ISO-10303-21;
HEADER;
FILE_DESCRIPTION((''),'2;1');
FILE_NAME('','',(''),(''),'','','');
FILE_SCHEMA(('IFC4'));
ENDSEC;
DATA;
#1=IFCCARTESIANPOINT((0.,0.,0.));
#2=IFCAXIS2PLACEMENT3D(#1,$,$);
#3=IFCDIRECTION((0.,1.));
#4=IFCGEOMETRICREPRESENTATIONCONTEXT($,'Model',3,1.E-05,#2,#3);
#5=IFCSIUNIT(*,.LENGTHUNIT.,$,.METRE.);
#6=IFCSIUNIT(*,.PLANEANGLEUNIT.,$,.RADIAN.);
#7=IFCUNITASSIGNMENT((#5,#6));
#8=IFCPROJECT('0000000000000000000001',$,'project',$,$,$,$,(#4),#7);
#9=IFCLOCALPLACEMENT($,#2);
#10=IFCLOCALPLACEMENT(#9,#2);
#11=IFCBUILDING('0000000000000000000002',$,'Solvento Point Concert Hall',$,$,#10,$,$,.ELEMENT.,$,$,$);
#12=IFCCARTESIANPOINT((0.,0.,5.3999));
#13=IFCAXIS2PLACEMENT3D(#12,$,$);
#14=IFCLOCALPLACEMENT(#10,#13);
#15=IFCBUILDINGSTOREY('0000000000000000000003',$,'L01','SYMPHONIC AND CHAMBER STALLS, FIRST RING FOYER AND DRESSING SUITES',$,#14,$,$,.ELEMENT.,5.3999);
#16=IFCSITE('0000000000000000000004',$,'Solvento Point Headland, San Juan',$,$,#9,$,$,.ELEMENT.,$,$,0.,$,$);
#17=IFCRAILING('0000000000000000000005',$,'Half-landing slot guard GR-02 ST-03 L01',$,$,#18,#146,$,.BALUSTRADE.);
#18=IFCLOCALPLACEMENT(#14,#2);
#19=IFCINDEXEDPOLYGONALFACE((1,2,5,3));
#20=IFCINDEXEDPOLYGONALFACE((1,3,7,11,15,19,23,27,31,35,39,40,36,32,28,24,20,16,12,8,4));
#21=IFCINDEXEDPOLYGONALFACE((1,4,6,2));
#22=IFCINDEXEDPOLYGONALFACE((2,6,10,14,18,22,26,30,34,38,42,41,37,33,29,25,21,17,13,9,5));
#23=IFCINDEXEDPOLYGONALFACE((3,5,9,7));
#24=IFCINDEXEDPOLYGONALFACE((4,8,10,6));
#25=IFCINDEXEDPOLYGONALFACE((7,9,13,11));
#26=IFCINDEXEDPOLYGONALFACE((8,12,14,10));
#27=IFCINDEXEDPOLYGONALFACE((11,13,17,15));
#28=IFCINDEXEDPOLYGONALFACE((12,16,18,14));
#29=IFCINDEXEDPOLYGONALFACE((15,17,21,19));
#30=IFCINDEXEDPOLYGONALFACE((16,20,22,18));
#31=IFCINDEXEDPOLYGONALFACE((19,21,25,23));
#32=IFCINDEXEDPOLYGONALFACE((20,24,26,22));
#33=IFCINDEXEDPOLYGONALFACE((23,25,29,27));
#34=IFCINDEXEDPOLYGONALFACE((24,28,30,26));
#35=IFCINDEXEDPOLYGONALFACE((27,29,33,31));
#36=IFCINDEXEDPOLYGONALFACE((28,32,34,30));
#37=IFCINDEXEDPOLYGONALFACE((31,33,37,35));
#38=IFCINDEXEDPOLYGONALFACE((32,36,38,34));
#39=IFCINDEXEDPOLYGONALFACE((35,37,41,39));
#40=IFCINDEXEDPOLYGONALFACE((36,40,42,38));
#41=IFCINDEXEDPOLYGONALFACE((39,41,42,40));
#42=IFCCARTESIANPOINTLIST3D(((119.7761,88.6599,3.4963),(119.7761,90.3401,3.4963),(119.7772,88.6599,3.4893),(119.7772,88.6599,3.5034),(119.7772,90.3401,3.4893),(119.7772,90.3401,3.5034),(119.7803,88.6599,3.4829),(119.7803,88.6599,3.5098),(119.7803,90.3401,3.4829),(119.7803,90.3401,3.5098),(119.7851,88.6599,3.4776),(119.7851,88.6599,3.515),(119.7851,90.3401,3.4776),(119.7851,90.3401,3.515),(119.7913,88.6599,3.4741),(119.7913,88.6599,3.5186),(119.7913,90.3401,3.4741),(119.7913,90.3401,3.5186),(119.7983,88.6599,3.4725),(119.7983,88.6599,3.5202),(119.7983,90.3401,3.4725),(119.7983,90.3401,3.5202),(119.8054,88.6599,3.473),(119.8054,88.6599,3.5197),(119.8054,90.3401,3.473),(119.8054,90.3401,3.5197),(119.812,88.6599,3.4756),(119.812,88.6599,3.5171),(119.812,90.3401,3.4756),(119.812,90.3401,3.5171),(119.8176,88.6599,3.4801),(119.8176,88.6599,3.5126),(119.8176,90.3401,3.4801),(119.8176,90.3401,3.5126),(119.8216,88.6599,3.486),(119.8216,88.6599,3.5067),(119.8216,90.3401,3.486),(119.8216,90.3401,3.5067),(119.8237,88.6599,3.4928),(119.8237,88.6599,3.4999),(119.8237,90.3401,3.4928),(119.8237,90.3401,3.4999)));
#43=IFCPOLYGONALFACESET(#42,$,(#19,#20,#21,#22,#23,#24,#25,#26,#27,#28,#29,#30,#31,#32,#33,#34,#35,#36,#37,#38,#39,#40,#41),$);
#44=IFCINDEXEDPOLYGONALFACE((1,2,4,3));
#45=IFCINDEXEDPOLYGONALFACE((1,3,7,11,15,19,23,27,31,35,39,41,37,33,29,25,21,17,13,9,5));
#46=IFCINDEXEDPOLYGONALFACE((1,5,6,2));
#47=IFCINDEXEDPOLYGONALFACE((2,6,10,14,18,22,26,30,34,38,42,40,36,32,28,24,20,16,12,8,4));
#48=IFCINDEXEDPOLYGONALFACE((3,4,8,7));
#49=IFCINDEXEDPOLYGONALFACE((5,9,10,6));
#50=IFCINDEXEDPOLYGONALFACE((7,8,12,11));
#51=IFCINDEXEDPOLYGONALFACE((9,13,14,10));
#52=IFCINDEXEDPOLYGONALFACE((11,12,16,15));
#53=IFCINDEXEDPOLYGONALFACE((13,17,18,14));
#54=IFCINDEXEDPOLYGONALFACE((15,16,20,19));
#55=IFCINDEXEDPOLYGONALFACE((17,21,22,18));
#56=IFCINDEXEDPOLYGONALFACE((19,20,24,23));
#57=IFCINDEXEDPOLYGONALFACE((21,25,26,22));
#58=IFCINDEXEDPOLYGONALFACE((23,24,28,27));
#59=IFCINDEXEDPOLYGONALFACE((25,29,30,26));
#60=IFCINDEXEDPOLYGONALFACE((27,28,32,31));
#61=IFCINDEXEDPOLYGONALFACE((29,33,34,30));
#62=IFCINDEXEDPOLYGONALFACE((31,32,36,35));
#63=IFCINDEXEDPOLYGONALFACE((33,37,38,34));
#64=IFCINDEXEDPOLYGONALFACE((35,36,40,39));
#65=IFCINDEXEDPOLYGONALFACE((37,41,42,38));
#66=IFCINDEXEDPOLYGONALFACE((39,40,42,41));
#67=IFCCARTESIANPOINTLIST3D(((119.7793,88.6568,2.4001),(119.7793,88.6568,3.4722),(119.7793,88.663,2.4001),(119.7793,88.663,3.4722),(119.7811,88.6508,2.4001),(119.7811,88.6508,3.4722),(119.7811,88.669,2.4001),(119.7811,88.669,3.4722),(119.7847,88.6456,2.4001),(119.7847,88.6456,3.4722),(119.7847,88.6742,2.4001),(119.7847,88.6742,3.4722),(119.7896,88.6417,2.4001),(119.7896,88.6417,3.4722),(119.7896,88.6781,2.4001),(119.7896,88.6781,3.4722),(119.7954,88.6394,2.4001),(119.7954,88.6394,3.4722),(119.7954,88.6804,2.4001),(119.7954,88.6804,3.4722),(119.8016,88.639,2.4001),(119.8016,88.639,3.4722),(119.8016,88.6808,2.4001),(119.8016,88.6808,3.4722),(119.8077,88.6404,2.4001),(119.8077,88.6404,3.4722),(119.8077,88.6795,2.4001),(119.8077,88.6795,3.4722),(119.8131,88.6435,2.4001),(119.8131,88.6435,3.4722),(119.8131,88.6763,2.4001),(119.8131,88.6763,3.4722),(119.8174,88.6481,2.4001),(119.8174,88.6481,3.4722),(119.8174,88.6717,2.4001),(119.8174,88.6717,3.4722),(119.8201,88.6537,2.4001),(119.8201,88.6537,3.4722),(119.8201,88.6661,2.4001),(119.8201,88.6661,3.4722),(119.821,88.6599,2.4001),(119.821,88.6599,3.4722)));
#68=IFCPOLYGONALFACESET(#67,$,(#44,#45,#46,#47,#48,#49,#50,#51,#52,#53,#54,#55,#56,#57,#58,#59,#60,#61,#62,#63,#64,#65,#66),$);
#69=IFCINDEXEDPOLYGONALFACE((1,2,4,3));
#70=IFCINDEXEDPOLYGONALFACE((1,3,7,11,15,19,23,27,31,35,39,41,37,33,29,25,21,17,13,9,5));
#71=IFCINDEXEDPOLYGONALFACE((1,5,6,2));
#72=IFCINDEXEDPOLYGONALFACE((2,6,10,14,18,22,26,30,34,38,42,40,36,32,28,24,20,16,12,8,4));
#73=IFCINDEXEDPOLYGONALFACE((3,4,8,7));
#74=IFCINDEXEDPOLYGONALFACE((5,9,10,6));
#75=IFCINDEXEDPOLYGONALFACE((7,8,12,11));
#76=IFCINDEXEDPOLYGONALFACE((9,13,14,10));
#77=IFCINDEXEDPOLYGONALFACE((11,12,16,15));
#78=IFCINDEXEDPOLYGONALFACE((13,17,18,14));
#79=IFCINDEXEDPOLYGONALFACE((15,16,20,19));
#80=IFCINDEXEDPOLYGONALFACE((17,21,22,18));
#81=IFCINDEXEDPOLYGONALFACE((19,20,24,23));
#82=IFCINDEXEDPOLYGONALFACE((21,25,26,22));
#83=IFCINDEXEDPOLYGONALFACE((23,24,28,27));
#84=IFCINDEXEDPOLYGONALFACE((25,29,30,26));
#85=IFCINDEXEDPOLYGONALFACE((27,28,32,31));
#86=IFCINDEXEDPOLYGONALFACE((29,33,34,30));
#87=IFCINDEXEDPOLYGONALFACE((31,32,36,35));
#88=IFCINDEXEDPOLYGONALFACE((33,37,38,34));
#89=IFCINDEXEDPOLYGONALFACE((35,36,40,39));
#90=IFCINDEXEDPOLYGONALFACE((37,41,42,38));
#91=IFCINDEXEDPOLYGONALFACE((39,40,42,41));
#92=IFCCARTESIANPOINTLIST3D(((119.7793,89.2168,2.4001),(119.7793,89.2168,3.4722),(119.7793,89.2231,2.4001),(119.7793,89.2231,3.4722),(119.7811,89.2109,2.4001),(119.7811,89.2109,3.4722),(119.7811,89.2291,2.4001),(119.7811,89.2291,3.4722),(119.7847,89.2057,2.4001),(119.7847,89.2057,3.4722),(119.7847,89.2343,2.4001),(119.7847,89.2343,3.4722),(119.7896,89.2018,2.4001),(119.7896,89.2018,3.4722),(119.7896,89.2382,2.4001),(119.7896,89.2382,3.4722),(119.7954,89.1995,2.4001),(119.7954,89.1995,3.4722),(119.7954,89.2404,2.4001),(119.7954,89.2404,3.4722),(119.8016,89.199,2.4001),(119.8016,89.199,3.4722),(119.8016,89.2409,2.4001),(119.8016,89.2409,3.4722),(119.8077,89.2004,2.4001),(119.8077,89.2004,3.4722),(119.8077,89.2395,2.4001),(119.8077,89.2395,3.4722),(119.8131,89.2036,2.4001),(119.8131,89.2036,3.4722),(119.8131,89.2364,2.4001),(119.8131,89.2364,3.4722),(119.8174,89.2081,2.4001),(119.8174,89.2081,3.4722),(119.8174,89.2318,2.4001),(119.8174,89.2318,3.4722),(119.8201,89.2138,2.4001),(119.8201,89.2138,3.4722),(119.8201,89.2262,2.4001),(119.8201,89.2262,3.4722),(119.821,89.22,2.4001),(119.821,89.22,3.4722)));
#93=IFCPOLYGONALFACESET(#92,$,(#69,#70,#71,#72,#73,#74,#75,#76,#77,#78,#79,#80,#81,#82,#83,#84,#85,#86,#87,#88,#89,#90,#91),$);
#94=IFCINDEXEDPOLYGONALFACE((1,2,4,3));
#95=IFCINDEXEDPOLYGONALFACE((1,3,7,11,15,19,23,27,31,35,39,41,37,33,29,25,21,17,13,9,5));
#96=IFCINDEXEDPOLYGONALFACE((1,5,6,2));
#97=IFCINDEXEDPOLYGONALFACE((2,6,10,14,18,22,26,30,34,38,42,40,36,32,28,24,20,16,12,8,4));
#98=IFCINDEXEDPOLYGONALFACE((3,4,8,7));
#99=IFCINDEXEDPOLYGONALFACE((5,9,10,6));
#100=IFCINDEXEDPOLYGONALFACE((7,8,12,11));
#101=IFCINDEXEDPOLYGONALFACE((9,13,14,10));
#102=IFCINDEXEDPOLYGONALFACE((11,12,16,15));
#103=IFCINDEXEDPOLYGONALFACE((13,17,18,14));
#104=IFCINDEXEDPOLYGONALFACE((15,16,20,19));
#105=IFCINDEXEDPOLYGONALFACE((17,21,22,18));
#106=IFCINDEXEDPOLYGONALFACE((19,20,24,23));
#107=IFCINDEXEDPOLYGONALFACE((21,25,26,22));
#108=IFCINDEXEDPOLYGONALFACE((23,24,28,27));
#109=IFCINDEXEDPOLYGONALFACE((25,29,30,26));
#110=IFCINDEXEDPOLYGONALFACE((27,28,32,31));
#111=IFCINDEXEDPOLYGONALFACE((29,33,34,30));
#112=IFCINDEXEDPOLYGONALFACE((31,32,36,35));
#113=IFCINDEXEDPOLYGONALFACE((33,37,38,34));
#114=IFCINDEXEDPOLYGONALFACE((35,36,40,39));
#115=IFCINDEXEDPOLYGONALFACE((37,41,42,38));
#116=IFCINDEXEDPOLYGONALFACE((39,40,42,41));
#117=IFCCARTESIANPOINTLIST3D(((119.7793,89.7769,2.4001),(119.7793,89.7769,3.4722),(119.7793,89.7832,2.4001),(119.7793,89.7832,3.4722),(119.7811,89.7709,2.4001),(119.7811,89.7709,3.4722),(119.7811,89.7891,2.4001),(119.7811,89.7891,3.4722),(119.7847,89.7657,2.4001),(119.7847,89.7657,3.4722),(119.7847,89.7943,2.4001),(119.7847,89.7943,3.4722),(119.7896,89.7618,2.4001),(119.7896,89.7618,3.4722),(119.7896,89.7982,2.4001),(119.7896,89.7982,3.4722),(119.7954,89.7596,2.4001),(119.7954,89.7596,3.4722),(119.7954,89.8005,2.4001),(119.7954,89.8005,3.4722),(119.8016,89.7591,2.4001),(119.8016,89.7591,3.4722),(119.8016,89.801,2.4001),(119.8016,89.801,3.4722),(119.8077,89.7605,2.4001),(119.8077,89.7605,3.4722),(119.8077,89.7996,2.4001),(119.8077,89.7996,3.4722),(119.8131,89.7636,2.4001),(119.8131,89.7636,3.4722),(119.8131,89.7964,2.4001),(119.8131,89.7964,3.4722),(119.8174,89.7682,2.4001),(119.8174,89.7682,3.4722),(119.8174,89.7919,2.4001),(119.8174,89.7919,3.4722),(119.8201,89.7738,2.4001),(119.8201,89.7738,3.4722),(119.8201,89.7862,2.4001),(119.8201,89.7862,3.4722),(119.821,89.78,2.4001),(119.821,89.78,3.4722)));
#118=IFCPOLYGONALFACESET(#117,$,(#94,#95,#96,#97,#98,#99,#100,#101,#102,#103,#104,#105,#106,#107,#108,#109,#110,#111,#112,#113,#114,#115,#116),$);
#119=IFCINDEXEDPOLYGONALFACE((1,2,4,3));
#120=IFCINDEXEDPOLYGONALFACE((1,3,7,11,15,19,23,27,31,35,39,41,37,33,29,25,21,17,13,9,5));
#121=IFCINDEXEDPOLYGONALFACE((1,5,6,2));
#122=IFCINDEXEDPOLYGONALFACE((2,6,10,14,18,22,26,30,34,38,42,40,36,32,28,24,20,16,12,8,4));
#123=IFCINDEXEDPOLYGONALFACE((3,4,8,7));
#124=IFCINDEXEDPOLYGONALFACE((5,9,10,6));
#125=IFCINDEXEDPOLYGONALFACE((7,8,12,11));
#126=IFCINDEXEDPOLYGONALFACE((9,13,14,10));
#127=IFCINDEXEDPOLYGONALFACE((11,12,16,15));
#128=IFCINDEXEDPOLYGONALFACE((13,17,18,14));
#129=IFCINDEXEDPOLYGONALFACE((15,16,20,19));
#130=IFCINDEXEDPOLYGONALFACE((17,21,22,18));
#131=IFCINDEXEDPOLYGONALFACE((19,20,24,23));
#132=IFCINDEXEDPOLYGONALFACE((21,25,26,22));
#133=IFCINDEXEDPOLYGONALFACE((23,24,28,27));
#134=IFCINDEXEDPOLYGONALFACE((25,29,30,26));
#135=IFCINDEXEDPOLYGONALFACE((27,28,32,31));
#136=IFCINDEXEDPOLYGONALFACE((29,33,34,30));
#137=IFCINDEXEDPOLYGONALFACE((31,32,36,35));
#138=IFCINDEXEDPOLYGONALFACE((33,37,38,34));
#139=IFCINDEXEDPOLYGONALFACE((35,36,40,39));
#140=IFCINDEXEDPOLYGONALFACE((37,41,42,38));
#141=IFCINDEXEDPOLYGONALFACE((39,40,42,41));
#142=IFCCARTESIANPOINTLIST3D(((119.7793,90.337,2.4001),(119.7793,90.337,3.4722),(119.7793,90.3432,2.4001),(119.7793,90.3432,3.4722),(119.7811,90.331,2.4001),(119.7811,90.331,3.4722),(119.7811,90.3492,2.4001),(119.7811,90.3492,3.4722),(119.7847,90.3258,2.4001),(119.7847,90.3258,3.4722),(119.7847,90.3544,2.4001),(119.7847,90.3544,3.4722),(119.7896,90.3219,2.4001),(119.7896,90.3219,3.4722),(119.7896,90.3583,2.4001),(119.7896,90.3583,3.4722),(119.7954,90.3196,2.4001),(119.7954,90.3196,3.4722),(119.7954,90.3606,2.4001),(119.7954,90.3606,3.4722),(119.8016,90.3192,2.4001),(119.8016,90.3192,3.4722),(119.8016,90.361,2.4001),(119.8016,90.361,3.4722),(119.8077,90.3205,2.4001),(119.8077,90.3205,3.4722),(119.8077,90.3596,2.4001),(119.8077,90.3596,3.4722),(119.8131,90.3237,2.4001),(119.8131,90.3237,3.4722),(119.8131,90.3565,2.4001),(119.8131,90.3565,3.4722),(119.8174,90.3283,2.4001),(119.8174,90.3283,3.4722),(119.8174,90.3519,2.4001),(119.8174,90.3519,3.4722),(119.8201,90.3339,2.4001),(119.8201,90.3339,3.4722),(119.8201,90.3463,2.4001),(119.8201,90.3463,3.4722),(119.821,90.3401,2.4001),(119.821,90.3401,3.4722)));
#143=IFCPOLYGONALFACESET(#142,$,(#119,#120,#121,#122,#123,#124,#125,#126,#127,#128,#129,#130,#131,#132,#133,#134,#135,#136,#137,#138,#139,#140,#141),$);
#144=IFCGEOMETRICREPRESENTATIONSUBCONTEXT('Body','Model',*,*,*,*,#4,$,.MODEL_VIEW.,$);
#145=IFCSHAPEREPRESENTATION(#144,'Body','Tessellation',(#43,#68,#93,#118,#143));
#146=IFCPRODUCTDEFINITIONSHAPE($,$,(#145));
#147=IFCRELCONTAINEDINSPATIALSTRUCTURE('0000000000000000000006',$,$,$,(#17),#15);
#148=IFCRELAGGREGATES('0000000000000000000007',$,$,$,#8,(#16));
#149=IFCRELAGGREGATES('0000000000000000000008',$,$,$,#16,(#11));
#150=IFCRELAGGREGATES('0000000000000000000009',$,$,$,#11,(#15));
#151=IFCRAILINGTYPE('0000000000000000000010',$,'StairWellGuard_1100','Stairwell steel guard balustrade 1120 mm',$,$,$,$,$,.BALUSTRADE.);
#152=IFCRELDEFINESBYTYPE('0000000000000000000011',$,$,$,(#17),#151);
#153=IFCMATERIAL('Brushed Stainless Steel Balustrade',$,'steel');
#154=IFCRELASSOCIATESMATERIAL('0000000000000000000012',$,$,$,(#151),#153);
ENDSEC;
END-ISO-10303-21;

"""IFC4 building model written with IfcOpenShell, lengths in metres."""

from ifc_helpers import new_model, si_unit, direction, frame, origin, origin_2d, place, context, subcontext, project, spatial, circle, extrude, material, type_object, element, save


model = new_model("IFC4")

# Units and contexts
model_context = context("Model", 3, precision=1e-05, world=origin(), true_north=direction((0.0, 1.0)))
body_context = subcontext(model_context, "Body", "Model", "MODEL_VIEW")
ifc_project = project(units=[si_unit("LENGTHUNIT", "METRE"), si_unit("PLANEANGLEUNIT", "RADIAN")], contexts=[model_context])

# Site, building, storey
site_placement = place(None, origin())
site = spatial("IfcSite", under=ifc_project, at=site_placement, Name="Solvento Point Headland, San Juan", CompositionType="ELEMENT", RefElevation=0.0)
building_placement = place(site_placement, origin())
building = spatial("IfcBuilding", under=site, at=building_placement, Name="Solvento Point Concert Hall", CompositionType="ELEMENT")
storey_placement = place(building_placement, frame((0.0, 0.0, 5.3999)))
storey = spatial("IfcBuildingStorey", under=building, at=storey_placement, Name="L01", Description="SYMPHONIC AND CHAMBER STALLS, FIRST RING FOYER AND DRESSING SUITES", CompositionType="ELEMENT", Elevation=5.3999)

# Railing
ifc_material_1 = material(Name="Brushed Stainless Steel Balustrade", Category="steel")
railing_type_1 = type_object("IfcRailingType", Name="StairWellGuard_1100", Description="Stairwell steel guard balustrade 1120 mm", PredefinedType="BALUSTRADE", material=ifc_material_1)
railing_1_placement = place(storey_placement, frame((119.8, 88.6599, 2.4001)))
element("IfcRailing", 1, at=railing_1_placement, inside=storey, type_object=railing_type_1, Name="Half-landing slot guard GR-02 ST-03 L01", PredefinedType="BALUSTRADE", context=body_context, shape_type="SweptSolid", body=[
    extrude(circle(Radius=0.0239, at=origin_2d()), frame((0.0, 0.0, 1.0962), z_axis=(0.0, 1.0, 0.0), x_axis=(-1.0, 0.0, 0.0)), (0.0, 0.0, 1.0), 1.6802),
    extrude(circle(Radius=0.021, at=origin_2d()), origin(), (0.0, 0.0, 1.0), 1.072),
    extrude(circle(Radius=0.021, at=origin_2d()), frame((0.0, 0.5601, 0.0)), (0.0, 0.0, 1.0), 1.072),
    extrude(circle(Radius=0.021, at=origin_2d()), frame((0.0, 1.1201, 0.0)), (0.0, 0.0, 1.0), 1.072),
    extrude(circle(Radius=0.021, at=origin_2d()), frame((0.0, 1.6802, 0.0)), (0.0, 0.0, 1.0), 1.072),
])

save(model, "model.ifc")
